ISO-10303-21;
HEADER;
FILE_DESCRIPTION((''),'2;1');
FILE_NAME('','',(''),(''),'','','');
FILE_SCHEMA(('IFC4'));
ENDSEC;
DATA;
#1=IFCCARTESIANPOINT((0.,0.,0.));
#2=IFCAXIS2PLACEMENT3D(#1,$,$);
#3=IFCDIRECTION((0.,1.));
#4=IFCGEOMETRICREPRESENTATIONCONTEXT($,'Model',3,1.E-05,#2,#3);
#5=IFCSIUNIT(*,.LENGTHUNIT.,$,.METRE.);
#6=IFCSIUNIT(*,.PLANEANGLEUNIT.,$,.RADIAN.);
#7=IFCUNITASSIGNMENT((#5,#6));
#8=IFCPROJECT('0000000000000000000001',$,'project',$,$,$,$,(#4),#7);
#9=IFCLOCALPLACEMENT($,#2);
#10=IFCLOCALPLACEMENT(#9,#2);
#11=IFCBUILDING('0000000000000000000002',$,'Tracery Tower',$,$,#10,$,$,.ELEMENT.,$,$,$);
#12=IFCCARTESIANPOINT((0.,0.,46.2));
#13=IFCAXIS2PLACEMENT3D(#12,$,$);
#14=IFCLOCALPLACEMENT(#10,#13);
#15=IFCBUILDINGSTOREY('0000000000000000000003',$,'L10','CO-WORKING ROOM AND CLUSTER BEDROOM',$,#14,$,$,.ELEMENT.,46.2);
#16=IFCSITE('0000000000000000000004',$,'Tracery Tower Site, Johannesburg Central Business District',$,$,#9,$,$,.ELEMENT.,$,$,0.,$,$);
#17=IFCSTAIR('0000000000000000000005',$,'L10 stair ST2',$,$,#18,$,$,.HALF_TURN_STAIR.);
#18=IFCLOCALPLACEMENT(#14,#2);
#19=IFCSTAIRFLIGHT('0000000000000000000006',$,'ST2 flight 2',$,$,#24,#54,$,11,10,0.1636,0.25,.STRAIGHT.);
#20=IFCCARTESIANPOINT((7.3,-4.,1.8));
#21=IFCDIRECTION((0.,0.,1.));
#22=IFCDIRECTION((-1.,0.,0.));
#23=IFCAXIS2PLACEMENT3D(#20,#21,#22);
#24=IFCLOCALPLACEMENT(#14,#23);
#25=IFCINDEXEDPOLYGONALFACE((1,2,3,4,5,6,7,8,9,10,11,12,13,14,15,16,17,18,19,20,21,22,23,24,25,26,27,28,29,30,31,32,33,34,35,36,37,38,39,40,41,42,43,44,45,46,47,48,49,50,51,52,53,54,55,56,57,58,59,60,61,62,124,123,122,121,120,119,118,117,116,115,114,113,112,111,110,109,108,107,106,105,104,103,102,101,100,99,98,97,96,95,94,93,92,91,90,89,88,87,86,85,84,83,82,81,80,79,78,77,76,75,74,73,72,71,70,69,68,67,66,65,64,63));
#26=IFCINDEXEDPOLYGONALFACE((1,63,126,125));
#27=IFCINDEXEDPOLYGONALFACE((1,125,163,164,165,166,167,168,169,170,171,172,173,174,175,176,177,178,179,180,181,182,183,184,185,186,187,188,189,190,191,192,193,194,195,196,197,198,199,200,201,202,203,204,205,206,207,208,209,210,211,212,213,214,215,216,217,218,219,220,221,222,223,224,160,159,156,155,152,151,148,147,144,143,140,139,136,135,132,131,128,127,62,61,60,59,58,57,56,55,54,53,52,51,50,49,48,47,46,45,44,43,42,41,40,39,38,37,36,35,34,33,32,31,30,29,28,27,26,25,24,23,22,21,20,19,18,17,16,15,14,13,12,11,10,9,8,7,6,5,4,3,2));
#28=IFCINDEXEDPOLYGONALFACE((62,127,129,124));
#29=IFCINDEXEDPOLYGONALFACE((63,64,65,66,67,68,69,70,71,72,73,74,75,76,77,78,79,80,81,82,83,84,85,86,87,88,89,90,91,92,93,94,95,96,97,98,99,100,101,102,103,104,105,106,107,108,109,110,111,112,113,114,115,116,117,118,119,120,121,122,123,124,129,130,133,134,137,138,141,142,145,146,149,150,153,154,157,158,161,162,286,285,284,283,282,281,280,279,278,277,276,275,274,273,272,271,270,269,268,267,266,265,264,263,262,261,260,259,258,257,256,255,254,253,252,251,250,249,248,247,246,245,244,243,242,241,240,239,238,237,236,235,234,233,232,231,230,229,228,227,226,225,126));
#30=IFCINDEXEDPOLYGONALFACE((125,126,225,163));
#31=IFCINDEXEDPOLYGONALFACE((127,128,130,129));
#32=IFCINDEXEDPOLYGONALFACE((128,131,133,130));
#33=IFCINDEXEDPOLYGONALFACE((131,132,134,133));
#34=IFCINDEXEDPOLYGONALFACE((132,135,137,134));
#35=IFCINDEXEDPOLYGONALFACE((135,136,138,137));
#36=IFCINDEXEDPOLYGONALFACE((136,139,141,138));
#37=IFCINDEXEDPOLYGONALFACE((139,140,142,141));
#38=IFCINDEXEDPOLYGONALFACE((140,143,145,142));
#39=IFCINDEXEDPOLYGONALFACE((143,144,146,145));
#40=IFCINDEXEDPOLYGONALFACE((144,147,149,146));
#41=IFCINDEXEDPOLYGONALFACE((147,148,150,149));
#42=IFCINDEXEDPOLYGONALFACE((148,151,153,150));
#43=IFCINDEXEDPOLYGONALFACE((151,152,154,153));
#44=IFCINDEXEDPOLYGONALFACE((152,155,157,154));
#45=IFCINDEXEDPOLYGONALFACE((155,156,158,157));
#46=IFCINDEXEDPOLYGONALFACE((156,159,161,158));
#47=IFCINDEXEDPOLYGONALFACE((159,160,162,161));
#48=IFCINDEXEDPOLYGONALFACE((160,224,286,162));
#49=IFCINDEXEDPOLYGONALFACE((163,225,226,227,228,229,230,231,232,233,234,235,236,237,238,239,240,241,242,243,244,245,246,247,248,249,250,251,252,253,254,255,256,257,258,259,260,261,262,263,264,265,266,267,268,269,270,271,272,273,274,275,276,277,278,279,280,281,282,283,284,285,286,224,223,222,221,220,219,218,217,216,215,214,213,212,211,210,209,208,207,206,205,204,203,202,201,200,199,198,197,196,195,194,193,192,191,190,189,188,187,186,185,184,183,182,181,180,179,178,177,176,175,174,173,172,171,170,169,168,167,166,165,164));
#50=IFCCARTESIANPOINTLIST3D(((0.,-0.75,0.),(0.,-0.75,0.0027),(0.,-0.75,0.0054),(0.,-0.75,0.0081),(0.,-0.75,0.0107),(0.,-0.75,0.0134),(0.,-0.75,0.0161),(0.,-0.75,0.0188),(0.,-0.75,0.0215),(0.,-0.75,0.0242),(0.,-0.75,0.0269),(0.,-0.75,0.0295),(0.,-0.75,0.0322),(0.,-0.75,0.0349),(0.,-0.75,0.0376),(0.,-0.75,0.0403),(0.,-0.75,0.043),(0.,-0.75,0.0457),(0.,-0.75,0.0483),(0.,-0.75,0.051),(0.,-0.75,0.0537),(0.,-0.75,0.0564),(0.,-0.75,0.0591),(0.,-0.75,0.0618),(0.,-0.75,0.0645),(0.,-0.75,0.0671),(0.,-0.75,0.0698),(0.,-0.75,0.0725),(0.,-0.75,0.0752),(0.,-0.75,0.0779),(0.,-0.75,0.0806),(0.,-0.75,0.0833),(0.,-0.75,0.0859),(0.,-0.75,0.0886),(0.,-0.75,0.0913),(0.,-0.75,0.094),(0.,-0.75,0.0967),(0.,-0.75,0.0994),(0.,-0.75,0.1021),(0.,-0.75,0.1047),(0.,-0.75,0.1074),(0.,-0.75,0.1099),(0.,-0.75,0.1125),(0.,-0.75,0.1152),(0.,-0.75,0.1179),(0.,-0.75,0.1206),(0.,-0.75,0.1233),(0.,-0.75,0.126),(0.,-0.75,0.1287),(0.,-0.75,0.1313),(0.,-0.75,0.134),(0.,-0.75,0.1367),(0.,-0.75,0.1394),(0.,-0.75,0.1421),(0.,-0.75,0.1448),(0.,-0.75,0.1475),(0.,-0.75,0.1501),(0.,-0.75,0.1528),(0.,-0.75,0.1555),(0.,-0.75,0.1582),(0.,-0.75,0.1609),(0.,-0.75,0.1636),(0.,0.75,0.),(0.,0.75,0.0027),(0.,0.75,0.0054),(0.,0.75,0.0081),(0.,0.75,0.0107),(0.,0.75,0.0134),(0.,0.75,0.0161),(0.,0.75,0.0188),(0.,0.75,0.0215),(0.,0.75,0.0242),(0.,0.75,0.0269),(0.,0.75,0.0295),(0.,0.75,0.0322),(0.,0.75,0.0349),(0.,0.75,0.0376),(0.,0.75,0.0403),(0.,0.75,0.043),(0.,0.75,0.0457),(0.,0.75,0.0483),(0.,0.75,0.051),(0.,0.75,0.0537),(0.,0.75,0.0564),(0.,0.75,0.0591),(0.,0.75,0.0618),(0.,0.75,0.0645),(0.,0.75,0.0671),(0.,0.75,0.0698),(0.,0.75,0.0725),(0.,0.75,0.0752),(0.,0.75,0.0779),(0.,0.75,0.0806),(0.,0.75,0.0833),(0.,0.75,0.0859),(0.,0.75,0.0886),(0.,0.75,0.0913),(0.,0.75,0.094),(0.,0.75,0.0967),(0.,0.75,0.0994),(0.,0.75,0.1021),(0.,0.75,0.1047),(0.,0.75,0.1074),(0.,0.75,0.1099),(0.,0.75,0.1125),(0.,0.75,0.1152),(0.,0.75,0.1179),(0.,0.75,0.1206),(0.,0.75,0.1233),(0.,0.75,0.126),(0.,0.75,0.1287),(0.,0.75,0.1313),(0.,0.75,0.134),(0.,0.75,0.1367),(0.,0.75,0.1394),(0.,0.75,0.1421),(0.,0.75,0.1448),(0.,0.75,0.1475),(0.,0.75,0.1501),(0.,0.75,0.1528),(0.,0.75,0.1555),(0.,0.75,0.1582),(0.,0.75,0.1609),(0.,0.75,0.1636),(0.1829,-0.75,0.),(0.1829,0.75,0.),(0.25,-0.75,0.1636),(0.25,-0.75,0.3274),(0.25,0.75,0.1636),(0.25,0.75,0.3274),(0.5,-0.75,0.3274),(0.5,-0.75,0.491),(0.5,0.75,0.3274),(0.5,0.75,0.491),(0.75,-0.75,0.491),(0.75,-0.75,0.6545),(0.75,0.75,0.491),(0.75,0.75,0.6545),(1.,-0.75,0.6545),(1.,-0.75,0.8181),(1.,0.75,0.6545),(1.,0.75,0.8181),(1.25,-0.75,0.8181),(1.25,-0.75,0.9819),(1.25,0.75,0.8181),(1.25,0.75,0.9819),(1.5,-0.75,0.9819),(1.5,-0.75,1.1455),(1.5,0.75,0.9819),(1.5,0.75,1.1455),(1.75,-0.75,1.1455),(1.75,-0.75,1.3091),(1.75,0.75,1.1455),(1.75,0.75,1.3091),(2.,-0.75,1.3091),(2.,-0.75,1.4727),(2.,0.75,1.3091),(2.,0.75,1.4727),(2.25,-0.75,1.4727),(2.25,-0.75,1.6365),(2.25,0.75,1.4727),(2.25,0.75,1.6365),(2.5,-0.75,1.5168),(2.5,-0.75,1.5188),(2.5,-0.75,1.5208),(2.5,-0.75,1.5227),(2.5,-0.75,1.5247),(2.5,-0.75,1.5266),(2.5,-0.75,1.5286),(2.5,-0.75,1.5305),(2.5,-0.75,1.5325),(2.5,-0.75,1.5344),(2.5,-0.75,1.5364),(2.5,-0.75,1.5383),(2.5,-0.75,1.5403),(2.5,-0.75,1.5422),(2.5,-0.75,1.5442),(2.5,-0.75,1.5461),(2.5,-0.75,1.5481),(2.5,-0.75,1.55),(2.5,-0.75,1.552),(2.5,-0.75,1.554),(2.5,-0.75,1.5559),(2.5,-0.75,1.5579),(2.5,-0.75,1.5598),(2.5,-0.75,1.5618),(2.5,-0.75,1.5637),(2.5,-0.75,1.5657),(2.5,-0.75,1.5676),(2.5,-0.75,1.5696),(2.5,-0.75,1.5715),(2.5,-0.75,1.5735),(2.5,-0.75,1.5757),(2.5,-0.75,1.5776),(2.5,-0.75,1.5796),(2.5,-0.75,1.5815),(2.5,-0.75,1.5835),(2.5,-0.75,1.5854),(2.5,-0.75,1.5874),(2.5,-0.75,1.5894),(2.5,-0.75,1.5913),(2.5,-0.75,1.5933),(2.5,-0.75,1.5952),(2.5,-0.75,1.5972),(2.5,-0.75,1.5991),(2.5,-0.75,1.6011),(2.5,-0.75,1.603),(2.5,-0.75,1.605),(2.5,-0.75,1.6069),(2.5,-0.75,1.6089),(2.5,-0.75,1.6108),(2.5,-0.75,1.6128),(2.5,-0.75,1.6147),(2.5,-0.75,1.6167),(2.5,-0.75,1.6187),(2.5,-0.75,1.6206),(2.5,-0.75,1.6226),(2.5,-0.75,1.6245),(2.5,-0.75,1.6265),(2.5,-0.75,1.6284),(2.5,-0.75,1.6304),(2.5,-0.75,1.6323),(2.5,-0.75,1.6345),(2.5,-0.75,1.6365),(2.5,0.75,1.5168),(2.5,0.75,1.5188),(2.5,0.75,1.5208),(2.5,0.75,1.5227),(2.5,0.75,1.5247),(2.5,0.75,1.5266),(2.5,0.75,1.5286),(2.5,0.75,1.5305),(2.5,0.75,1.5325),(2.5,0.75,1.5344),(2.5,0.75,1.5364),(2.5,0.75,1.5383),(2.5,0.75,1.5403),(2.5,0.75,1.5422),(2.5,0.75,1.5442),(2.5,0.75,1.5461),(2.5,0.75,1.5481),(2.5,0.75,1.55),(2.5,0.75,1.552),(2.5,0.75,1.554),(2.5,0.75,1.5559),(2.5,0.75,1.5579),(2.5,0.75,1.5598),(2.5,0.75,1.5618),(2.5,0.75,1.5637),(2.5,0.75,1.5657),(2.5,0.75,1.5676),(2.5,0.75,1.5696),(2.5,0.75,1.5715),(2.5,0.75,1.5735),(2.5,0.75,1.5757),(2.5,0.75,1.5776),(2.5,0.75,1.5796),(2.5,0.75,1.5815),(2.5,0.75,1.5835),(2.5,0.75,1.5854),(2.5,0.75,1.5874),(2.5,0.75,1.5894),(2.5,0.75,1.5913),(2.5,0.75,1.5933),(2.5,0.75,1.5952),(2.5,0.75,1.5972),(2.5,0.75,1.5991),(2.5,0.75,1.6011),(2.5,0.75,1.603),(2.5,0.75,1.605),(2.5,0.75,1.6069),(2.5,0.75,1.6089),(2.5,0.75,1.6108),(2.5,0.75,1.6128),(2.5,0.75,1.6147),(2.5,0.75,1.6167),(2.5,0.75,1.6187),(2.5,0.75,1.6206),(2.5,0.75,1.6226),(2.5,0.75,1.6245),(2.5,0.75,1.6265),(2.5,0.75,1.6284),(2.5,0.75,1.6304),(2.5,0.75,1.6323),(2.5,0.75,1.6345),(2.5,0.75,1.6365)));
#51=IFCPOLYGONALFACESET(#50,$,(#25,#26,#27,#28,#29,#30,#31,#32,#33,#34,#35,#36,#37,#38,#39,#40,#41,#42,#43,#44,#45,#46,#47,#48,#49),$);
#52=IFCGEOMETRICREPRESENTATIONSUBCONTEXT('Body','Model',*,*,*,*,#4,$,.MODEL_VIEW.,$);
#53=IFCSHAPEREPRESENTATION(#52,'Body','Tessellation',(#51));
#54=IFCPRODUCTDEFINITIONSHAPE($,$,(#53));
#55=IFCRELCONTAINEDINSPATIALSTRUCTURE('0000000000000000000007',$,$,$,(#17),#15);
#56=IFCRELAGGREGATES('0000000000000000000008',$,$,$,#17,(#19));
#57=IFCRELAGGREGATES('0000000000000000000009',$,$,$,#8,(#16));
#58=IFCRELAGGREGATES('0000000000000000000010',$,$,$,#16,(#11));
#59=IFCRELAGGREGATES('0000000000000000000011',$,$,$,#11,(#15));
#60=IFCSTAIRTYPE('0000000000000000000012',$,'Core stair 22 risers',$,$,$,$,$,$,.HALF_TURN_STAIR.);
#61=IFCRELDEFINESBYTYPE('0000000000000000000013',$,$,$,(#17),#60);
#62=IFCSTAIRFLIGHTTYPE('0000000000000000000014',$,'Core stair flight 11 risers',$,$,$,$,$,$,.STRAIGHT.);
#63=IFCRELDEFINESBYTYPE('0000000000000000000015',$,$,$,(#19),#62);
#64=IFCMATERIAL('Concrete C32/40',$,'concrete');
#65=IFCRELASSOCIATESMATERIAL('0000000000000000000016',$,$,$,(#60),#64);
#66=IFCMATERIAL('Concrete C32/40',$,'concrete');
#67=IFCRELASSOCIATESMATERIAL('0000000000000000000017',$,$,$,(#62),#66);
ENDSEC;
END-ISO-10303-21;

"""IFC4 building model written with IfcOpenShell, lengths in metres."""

from ifc_helpers import new_model, si_unit, direction, frame, origin, place, context, subcontext, project, spatial, polyline, outline, extrude, material, type_object, element, aggregate, save


model = new_model("IFC4")

# Units and contexts
model_context = context("Model", 3, precision=1e-05, world=origin(), true_north=direction((0.0, 1.0)))
body_context = subcontext(model_context, "Body", "Model", "MODEL_VIEW")
ifc_project = project(units=[si_unit("LENGTHUNIT", "METRE"), si_unit("PLANEANGLEUNIT", "RADIAN")], contexts=[model_context])

# Site, building, storey
site_placement = place(None, origin())
site = spatial("IfcSite", under=ifc_project, at=site_placement, Name="Tracery Tower Site, Johannesburg Central Business District", CompositionType="ELEMENT", RefElevation=0.0)
building_placement = place(site_placement, origin())
building = spatial("IfcBuilding", under=site, at=building_placement, Name="Tracery Tower", CompositionType="ELEMENT")
storey_placement = place(building_placement, frame((0.0, 0.0, 46.2)))
storey = spatial("IfcBuildingStorey", under=building, at=storey_placement, Name="L10", Description="CO-WORKING ROOM AND CLUSTER BEDROOM", CompositionType="ELEMENT", Elevation=46.2)

# Stair
ifc_material_1 = material(Name="Concrete C32/40", Category="concrete")
stair_type = type_object("IfcStairType", Name="Core stair 22 risers", PredefinedType="HALF_TURN_STAIR", material=ifc_material_1)
stair_placement = place(storey_placement, origin())
stair = element("IfcStair", 1, at=stair_placement, inside=storey, type_object=stair_type, Name="L10 stair ST2", PredefinedType="HALF_TURN_STAIR")

# Stair flight
ifc_material_2 = material(Name="Concrete C32/40", Category="concrete")
stair_flight_type = type_object("IfcStairFlightType", Name="Core stair flight 11 risers", PredefinedType="STRAIGHT", material=ifc_material_2)
stair_flight_1_placement = place(storey_placement, frame((7.3, -4.0, 1.8), z_axis=(0.0, 0.0, 1.0), x_axis=(-1.0, 0.0, 0.0)))
stair_flight_1 = element("IfcStairFlight", 2, at=stair_flight_1_placement, type_object=stair_flight_type, Name="ST2 flight 2", NumberOfRisers=11, NumberOfTreads=10, PredefinedType="STRAIGHT", RiserHeight=0.1636, TreadLength=0.25, context=body_context, shape_type="SweptSolid", body=[
    extrude(outline(polyline([(0.0, 0.0), (0.0, 0.0027), (0.0, 0.0054), (0.0, 0.0081), (0.0, 0.0107), (0.0, 0.0134), (0.0, 0.0161), (0.0, 0.0188), (0.0, 0.0215), (0.0, 0.0242), (0.0, 0.0269), (0.0, 0.0295), (0.0, 0.0322), (0.0, 0.0349), (0.0, 0.0376), (0.0, 0.0403), (0.0, 0.043), (0.0, 0.0457), (0.0, 0.0483), (0.0, 0.051), (0.0, 0.0537), (0.0, 0.0564), (0.0, 0.0591), (0.0, 0.0618), (0.0, 0.0645), (0.0, 0.0671), (0.0, 0.0698), (0.0, 0.0725), (0.0, 0.0752), (0.0, 0.0779), (0.0, 0.0806), (0.0, 0.0833), (0.0, 0.0859), (0.0, 0.0886), (0.0, 0.0913), (0.0, 0.094), (0.0, 0.0967), (0.0, 0.0994), (0.0, 0.1021), (0.0, 0.1047), (0.0, 0.1074), (0.0, 0.1099), (0.0, 0.1125), (0.0, 0.1152), (0.0, 0.1179), (0.0, 0.1206), (0.0, 0.1233), (0.0, 0.126), (0.0, 0.1287), (0.0, 0.1313), (0.0, 0.134), (0.0, 0.1367), (0.0, 0.1394), (0.0, 0.1421), (0.0, 0.1448), (0.0, 0.1475), (0.0, 0.1501), (0.0, 0.1528), (0.0, 0.1555), (0.0, 0.1582), (0.0, 0.1609), (0.0, 0.1636), (0.25, 0.1636), (0.25, 0.3274), (0.5, 0.3274), (0.5, 0.491), (0.75, 0.491), (0.75, 0.6545), (1.0, 0.6545), (1.0, 0.8181), (1.25, 0.8181), (1.25, 0.9819), (1.5, 0.9819), (1.5, 1.1455), (1.75, 1.1455), (1.75, 1.3091), (2.0, 1.3091), (2.0, 1.4727), (2.25, 1.4727), (2.25, 1.6365), (2.5, 1.6365), (2.5, 1.6345), (2.5, 1.6323), (2.5, 1.6304), (2.5, 1.6284), (2.5, 1.6265), (2.5, 1.6245), (2.5, 1.6226), (2.5, 1.6206), (2.5, 1.6187), (2.5, 1.6167), (2.5, 1.6147), (2.5, 1.6128), (2.5, 1.6108), (2.5, 1.6089), (2.5, 1.6069), (2.5, 1.605), (2.5, 1.603), (2.5, 1.6011), (2.5, 1.5991), (2.5, 1.5972), (2.5, 1.5952), (2.5, 1.5933), (2.5, 1.5913), (2.5, 1.5894), (2.5, 1.5874), (2.5, 1.5854), (2.5, 1.5835), (2.5, 1.5815), (2.5, 1.5796), (2.5, 1.5776), (2.5, 1.5757), (2.5, 1.5735), (2.5, 1.5715), (2.5, 1.5696), (2.5, 1.5676), (2.5, 1.5657), (2.5, 1.5637), (2.5, 1.5618), (2.5, 1.5598), (2.5, 1.5579), (2.5, 1.5559), (2.5, 1.554), (2.5, 1.552), (2.5, 1.55), (2.5, 1.5481), (2.5, 1.5461), (2.5, 1.5442), (2.5, 1.5422), (2.5, 1.5403), (2.5, 1.5383), (2.5, 1.5364), (2.5, 1.5344), (2.5, 1.5325), (2.5, 1.5305), (2.5, 1.5286), (2.5, 1.5266), (2.5, 1.5247), (2.5, 1.5227), (2.5, 1.5208), (2.5, 1.5188), (2.5, 1.5168), (0.1829, 0.0), (0.0, 0.0)])), frame((0.0, 0.75, 0.0), z_axis=(0.0, -1.0, 0.0), x_axis=(1.0, 0.0, 0.0)), (0.0, 0.0, 1.0), 1.5),
])
aggregate(stair, [stair_flight_1])

save(model, "model.ifc")
